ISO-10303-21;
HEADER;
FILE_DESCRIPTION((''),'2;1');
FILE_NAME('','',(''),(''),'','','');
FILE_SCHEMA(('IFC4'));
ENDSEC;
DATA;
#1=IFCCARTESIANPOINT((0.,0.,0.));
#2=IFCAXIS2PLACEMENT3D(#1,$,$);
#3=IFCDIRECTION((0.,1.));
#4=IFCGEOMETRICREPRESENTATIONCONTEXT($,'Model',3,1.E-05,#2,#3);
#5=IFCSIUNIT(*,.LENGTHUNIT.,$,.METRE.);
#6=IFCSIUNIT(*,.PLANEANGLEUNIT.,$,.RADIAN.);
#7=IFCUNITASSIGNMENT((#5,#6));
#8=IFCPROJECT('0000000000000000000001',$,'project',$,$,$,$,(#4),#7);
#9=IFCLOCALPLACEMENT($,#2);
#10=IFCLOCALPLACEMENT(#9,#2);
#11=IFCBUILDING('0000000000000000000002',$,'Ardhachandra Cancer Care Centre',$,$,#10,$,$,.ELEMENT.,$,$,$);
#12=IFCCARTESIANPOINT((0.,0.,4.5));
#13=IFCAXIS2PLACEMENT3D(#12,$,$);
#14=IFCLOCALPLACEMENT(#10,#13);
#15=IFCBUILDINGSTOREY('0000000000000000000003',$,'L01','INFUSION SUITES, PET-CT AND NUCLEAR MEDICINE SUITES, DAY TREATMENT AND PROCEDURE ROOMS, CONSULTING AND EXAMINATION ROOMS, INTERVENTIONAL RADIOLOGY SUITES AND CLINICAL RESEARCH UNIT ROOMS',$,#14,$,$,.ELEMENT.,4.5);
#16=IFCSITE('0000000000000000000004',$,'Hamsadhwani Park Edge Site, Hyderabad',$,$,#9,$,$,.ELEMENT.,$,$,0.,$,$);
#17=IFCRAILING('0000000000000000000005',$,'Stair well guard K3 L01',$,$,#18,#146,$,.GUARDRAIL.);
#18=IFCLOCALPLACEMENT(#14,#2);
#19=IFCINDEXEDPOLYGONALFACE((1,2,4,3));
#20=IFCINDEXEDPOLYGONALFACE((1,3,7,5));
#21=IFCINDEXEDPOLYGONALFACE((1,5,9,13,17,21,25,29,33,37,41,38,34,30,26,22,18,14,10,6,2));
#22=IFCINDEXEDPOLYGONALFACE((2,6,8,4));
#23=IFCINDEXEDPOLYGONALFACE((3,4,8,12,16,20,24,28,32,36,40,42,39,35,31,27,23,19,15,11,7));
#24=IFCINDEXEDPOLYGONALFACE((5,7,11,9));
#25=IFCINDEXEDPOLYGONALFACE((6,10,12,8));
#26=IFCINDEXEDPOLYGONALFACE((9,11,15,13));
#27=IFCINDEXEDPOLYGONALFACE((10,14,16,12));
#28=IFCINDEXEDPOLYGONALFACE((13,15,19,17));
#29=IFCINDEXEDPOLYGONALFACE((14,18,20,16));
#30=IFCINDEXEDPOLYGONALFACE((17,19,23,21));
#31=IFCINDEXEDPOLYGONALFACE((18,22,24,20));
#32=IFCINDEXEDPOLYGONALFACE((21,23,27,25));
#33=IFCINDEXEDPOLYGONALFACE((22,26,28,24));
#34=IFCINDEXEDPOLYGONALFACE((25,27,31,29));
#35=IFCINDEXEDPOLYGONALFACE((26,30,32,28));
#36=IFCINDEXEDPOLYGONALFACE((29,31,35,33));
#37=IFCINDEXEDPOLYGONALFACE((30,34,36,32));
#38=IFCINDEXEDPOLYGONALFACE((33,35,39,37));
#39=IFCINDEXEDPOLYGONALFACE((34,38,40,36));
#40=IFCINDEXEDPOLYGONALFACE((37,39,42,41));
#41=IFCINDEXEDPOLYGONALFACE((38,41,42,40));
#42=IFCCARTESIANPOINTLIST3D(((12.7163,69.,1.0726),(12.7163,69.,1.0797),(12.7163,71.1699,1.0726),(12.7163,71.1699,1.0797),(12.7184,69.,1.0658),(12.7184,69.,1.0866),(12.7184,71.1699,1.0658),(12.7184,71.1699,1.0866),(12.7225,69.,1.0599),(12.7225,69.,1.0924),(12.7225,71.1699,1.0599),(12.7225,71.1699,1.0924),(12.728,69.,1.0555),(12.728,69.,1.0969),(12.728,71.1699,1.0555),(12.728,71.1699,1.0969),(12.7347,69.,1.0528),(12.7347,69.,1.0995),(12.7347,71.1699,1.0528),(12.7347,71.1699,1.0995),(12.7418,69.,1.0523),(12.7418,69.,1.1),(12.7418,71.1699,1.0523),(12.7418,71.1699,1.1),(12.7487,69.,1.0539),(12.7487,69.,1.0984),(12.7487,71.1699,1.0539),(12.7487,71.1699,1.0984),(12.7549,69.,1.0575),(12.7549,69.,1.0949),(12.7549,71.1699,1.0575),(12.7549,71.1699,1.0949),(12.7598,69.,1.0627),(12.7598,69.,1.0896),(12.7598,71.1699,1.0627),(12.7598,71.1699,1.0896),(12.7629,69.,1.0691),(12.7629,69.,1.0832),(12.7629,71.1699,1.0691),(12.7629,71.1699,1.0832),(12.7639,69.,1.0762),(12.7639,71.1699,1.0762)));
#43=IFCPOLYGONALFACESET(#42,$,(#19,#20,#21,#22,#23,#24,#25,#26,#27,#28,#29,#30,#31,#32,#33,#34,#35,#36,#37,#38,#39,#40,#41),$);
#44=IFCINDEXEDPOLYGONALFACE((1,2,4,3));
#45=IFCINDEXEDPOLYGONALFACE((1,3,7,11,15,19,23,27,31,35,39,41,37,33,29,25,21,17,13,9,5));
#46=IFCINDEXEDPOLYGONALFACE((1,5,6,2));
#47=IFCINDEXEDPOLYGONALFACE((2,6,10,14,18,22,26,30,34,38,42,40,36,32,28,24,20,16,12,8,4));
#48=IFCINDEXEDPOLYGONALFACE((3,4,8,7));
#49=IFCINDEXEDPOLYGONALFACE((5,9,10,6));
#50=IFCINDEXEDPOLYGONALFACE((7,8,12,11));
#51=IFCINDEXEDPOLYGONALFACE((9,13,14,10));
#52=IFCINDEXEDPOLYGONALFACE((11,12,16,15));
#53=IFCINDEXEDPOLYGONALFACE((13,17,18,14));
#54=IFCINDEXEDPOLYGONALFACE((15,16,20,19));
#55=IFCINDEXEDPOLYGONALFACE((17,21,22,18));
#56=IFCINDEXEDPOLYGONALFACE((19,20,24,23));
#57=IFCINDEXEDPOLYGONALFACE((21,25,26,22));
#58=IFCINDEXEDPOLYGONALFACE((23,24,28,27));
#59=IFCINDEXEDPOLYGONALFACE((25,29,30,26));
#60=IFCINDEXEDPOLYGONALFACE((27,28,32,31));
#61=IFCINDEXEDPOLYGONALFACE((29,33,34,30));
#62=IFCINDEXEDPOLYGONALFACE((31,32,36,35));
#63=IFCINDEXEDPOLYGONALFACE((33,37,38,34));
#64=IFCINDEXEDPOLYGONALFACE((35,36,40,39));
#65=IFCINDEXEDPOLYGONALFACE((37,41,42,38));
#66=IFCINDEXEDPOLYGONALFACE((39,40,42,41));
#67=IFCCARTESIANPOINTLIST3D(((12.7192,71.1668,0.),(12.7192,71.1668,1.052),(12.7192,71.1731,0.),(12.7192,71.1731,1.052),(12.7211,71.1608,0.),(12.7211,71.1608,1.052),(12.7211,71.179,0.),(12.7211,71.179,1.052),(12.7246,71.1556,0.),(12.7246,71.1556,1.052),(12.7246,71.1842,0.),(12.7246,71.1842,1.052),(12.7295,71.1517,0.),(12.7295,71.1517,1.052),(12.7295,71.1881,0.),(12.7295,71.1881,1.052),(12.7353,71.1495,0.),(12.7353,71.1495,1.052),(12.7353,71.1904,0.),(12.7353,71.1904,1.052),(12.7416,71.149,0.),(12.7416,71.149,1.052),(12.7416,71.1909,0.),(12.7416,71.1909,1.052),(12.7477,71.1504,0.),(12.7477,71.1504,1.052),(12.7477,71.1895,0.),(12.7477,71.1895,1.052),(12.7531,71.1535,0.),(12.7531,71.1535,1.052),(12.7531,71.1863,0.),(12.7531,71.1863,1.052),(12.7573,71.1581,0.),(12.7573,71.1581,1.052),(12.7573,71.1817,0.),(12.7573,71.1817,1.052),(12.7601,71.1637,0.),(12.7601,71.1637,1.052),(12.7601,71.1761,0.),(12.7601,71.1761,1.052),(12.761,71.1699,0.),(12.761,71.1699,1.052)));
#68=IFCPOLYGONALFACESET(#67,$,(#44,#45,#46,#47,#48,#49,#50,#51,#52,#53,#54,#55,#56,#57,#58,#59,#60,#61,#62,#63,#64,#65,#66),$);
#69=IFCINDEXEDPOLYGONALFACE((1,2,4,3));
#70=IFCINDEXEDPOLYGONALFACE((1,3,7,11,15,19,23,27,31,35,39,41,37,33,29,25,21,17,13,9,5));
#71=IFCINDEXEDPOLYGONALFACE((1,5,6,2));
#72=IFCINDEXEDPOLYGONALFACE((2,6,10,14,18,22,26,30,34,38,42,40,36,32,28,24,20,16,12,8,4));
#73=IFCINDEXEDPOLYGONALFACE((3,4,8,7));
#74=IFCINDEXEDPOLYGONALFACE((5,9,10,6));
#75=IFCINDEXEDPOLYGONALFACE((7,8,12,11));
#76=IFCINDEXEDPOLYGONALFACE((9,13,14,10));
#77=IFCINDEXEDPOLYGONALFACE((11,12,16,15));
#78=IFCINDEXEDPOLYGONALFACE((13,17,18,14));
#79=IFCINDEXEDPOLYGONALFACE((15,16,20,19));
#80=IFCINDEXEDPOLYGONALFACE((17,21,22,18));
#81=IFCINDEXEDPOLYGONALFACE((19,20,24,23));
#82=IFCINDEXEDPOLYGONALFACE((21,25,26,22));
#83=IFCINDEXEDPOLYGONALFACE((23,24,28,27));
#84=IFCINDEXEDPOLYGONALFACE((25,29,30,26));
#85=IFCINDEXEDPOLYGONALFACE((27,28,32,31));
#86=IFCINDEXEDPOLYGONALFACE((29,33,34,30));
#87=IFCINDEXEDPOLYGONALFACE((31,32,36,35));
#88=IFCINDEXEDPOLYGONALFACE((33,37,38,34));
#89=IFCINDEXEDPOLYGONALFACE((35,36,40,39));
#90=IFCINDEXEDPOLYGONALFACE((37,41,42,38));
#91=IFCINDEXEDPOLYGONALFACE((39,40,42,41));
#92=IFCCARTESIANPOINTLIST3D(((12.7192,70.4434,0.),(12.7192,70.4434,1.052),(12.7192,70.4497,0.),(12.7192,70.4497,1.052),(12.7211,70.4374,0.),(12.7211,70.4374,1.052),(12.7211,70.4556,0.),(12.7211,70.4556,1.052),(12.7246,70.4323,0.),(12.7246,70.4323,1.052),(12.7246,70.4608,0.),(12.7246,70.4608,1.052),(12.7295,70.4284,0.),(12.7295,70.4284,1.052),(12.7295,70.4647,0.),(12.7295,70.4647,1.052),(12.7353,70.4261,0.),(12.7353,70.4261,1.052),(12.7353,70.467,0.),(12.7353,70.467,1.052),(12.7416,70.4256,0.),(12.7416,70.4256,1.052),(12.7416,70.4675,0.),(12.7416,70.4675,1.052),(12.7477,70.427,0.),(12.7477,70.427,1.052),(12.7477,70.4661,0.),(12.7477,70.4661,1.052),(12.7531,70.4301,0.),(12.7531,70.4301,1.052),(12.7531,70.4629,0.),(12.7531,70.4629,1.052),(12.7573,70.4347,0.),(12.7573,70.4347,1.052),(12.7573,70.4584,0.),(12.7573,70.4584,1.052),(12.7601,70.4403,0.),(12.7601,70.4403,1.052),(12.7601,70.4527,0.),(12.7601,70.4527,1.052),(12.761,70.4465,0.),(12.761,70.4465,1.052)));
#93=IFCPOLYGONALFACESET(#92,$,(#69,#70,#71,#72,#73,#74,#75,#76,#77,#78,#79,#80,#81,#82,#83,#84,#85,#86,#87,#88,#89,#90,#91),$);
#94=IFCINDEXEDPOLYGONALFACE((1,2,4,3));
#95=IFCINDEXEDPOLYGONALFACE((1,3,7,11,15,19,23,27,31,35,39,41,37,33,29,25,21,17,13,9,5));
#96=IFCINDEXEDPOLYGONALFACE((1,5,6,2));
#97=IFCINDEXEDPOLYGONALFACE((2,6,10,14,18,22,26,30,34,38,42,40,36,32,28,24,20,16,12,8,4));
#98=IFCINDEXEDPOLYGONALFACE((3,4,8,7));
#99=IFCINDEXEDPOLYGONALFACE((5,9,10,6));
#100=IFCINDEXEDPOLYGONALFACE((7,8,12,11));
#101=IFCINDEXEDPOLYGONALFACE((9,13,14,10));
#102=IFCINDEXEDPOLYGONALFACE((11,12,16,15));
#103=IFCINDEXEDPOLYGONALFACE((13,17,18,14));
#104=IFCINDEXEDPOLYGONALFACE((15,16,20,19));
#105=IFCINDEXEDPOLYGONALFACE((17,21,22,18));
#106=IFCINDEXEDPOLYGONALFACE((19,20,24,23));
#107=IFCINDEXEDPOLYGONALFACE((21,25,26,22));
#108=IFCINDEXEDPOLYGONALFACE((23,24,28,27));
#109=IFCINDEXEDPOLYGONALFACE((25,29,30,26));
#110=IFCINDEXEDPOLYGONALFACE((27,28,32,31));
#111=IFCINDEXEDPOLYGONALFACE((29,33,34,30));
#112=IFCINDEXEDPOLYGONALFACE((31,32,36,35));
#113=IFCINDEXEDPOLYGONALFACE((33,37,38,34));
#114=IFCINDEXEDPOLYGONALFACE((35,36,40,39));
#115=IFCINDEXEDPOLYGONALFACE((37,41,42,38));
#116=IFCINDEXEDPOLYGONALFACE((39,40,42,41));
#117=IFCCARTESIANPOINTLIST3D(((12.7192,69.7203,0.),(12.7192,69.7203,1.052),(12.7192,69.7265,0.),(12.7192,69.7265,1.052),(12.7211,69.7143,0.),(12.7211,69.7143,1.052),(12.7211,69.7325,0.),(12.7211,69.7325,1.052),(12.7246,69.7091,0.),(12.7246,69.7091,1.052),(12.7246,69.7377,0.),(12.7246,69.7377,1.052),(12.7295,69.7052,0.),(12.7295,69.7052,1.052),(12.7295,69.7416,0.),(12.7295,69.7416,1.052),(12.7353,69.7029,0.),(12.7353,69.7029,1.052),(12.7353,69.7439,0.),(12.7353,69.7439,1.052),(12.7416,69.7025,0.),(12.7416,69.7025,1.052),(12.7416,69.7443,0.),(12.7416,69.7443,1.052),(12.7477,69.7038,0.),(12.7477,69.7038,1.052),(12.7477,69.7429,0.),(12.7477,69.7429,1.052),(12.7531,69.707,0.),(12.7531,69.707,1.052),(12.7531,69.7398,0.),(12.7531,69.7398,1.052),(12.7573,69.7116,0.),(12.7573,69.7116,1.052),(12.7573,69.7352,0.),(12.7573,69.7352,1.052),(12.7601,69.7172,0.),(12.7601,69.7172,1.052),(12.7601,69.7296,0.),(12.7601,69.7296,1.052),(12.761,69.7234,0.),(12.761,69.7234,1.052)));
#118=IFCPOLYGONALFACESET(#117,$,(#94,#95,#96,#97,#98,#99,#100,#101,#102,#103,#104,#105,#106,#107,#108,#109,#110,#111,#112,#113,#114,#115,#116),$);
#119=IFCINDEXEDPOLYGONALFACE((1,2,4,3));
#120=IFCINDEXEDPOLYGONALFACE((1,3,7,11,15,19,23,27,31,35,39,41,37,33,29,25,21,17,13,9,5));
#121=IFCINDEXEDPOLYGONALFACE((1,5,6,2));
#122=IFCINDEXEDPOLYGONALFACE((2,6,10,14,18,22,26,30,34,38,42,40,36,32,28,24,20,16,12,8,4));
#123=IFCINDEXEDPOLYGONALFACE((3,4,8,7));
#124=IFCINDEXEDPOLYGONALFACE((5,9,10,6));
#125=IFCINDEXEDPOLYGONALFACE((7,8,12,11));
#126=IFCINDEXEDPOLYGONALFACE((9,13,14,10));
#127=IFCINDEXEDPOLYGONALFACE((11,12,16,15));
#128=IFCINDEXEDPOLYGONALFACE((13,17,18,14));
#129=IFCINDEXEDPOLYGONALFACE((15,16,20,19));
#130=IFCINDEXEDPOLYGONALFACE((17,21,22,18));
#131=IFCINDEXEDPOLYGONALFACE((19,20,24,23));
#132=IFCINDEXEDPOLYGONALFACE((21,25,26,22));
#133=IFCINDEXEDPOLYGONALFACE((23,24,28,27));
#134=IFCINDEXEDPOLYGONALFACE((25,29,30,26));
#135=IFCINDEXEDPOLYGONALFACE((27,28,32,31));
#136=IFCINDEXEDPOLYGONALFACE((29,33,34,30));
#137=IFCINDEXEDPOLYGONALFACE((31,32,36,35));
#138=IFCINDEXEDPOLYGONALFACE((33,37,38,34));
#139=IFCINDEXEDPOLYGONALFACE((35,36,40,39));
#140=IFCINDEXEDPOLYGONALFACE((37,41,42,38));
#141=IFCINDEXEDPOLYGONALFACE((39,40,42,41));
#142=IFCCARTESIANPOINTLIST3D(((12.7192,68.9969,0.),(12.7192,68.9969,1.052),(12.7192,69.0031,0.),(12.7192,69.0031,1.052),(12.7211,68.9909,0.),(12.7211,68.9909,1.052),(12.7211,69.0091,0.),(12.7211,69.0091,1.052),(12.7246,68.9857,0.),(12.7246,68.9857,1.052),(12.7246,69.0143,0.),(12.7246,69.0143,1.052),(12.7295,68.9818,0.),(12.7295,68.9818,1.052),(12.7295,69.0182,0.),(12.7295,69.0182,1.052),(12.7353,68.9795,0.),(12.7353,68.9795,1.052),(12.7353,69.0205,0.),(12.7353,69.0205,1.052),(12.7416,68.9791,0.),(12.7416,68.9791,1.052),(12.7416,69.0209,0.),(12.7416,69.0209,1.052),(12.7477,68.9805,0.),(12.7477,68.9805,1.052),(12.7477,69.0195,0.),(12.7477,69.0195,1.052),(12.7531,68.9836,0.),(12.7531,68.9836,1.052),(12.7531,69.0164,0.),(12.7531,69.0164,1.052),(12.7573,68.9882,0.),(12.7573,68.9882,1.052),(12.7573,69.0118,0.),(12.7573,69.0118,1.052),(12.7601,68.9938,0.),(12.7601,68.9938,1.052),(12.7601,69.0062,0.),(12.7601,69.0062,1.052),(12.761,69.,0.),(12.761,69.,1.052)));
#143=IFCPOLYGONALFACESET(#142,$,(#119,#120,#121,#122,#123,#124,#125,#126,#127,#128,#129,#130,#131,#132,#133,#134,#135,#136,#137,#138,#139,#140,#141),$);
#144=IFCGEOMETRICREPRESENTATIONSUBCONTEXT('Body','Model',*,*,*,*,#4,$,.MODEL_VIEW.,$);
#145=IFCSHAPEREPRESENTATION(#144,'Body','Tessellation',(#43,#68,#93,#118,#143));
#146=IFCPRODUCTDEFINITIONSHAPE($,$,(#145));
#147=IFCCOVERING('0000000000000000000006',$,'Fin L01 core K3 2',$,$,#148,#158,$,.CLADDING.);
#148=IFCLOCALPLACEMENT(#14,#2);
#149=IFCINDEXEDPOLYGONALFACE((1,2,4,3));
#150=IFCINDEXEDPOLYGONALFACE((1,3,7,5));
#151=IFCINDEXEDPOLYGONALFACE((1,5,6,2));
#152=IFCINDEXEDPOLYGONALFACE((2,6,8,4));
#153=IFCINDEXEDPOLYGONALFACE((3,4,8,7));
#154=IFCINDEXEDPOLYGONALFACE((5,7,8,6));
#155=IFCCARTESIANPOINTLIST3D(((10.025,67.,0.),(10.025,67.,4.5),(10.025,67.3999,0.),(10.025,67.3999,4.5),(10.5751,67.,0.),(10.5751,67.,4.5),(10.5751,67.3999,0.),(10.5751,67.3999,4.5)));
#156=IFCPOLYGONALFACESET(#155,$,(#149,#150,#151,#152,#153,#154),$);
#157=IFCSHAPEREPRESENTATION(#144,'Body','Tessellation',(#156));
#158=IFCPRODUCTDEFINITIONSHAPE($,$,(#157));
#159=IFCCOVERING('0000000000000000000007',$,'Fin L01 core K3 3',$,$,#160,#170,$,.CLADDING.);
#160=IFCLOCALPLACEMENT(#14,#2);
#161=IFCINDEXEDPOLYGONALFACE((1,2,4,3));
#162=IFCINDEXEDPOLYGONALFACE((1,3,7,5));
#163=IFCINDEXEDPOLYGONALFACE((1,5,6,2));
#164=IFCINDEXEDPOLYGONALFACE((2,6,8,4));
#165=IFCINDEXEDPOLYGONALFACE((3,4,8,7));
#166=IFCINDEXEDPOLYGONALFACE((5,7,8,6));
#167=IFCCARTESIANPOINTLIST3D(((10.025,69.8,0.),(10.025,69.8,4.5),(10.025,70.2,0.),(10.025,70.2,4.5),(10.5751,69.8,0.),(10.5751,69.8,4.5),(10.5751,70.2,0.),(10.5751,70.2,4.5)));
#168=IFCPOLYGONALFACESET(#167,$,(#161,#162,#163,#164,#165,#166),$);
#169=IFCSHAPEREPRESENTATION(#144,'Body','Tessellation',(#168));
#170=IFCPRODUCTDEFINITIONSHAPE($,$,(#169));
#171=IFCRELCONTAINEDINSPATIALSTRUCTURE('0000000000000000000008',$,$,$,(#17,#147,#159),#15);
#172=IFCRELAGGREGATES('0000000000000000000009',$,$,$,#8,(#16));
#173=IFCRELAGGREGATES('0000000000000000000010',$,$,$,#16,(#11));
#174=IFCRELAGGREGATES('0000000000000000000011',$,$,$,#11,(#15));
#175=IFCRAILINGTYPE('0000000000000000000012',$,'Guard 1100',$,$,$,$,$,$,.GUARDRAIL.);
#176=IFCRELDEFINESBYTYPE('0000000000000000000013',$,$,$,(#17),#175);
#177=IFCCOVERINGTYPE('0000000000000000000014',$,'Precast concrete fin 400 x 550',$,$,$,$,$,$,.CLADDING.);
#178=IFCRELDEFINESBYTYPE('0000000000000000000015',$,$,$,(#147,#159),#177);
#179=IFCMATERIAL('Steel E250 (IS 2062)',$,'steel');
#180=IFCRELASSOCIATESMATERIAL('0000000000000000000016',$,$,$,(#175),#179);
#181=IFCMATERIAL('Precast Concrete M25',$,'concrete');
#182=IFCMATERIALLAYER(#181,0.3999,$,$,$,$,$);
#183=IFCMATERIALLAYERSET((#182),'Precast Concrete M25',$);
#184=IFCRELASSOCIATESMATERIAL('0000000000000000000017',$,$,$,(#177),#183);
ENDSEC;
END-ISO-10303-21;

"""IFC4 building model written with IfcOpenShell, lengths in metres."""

from ifc_helpers import new_model, si_unit, direction, frame, origin, origin_2d, place, context, subcontext, project, spatial, rectangle, circle, extrude, material, layer, layer_set, type_object, element, save


model = new_model("IFC4")

# Units and contexts
model_context = context("Model", 3, precision=1e-05, world=origin(), true_north=direction((0.0, 1.0)))
body_context = subcontext(model_context, "Body", "Model", "MODEL_VIEW")
ifc_project = project(units=[si_unit("LENGTHUNIT", "METRE"), si_unit("PLANEANGLEUNIT", "RADIAN")], contexts=[model_context])

# Site, building, storey
site_placement = place(None, origin())
site = spatial("IfcSite", under=ifc_project, at=site_placement, Name="Hamsadhwani Park Edge Site, Hyderabad", CompositionType="ELEMENT", RefElevation=0.0)
building_placement = place(site_placement, origin())
building = spatial("IfcBuilding", under=site, at=building_placement, Name="Ardhachandra Cancer Care Centre", CompositionType="ELEMENT")
storey_placement = place(building_placement, frame((0.0, 0.0, 4.5)))
storey = spatial("IfcBuildingStorey", under=building, at=storey_placement, Name="L01", Description="INFUSION SUITES, PET-CT AND NUCLEAR MEDICINE SUITES, DAY TREATMENT AND PROCEDURE ROOMS, CONSULTING AND EXAMINATION ROOMS, INTERVENTIONAL RADIOLOGY SUITES AND CLINICAL RESEARCH UNIT ROOMS", CompositionType="ELEMENT", Elevation=4.5)

# Railing
ifc_material_1 = material(Name="Steel E250 (IS 2062)", Category="steel")
railing_type_1 = type_object("IfcRailingType", Name="Guard 1100", PredefinedType="GUARDRAIL", material=ifc_material_1)
railing_placement = place(storey_placement, frame((12.74, 71.1699, 0.0)))
element("IfcRailing", 1, at=railing_placement, inside=storey, type_object=railing_type_1, Name="Stair well guard K3 L01", PredefinedType="GUARDRAIL", context=body_context, shape_type="SweptSolid", body=[
    extrude(circle(Radius=0.0239, at=origin_2d()), frame((0.0, 0.0, 1.0762), z_axis=(0.0, -1.0, 0.0), x_axis=(1.0, 0.0, 0.0)), (0.0, 0.0, 1.0), 2.1699),
    extrude(circle(Radius=0.021, at=origin_2d()), origin(), (0.0, 0.0, 1.0), 1.052),
    extrude(circle(Radius=0.021, at=origin_2d()), frame((0.0, -0.7234, 0.0)), (0.0, 0.0, 1.0), 1.052),
    extrude(circle(Radius=0.021, at=origin_2d()), frame((0.0, -1.4465, 0.0)), (0.0, 0.0, 1.0), 1.052),
    extrude(circle(Radius=0.021, at=origin_2d()), frame((0.0, -2.1699, 0.0)), (0.0, 0.0, 1.0), 1.052),
])

# Coverings
ifc_material_2 = material(Name="Precast Concrete M25", Category="concrete")
ifc_layer_1 = layer(ifc_material_2, 0.3999)
ifc_layer_set_1 = layer_set([ifc_layer_1], Name="Precast Concrete M25")
covering_type = type_object("IfcCoveringType", Name="Precast concrete fin 400 x 550", PredefinedType="CLADDING", material=ifc_layer_set_1)
for number, where, z_axis, x_axis, name in (
    (2, (10.3, 67.2, 0.0), (0.0, 0.0, 1.0), (0.0, 1.0, 0.0), "Fin L01 core K3 2"),
    (3, (10.3, 70.0, 0.0), (0.0, 0.0, 1.0), (0.0, 1.0, 0.0), "Fin L01 core K3 3"),
):
    element("IfcCovering", number, at=place(storey_placement, frame(where, z_axis=z_axis, x_axis=x_axis)), inside=storey, type_object=covering_type, Name=name, PredefinedType="CLADDING", context=body_context, shape_type="SweptSolid", body=[
        extrude(rectangle(XDim=0.3999, YDim=0.55, at=origin_2d()), origin(), (0.0, 0.0, 1.0), 4.5),
    ])

save(model, "model.ifc")
